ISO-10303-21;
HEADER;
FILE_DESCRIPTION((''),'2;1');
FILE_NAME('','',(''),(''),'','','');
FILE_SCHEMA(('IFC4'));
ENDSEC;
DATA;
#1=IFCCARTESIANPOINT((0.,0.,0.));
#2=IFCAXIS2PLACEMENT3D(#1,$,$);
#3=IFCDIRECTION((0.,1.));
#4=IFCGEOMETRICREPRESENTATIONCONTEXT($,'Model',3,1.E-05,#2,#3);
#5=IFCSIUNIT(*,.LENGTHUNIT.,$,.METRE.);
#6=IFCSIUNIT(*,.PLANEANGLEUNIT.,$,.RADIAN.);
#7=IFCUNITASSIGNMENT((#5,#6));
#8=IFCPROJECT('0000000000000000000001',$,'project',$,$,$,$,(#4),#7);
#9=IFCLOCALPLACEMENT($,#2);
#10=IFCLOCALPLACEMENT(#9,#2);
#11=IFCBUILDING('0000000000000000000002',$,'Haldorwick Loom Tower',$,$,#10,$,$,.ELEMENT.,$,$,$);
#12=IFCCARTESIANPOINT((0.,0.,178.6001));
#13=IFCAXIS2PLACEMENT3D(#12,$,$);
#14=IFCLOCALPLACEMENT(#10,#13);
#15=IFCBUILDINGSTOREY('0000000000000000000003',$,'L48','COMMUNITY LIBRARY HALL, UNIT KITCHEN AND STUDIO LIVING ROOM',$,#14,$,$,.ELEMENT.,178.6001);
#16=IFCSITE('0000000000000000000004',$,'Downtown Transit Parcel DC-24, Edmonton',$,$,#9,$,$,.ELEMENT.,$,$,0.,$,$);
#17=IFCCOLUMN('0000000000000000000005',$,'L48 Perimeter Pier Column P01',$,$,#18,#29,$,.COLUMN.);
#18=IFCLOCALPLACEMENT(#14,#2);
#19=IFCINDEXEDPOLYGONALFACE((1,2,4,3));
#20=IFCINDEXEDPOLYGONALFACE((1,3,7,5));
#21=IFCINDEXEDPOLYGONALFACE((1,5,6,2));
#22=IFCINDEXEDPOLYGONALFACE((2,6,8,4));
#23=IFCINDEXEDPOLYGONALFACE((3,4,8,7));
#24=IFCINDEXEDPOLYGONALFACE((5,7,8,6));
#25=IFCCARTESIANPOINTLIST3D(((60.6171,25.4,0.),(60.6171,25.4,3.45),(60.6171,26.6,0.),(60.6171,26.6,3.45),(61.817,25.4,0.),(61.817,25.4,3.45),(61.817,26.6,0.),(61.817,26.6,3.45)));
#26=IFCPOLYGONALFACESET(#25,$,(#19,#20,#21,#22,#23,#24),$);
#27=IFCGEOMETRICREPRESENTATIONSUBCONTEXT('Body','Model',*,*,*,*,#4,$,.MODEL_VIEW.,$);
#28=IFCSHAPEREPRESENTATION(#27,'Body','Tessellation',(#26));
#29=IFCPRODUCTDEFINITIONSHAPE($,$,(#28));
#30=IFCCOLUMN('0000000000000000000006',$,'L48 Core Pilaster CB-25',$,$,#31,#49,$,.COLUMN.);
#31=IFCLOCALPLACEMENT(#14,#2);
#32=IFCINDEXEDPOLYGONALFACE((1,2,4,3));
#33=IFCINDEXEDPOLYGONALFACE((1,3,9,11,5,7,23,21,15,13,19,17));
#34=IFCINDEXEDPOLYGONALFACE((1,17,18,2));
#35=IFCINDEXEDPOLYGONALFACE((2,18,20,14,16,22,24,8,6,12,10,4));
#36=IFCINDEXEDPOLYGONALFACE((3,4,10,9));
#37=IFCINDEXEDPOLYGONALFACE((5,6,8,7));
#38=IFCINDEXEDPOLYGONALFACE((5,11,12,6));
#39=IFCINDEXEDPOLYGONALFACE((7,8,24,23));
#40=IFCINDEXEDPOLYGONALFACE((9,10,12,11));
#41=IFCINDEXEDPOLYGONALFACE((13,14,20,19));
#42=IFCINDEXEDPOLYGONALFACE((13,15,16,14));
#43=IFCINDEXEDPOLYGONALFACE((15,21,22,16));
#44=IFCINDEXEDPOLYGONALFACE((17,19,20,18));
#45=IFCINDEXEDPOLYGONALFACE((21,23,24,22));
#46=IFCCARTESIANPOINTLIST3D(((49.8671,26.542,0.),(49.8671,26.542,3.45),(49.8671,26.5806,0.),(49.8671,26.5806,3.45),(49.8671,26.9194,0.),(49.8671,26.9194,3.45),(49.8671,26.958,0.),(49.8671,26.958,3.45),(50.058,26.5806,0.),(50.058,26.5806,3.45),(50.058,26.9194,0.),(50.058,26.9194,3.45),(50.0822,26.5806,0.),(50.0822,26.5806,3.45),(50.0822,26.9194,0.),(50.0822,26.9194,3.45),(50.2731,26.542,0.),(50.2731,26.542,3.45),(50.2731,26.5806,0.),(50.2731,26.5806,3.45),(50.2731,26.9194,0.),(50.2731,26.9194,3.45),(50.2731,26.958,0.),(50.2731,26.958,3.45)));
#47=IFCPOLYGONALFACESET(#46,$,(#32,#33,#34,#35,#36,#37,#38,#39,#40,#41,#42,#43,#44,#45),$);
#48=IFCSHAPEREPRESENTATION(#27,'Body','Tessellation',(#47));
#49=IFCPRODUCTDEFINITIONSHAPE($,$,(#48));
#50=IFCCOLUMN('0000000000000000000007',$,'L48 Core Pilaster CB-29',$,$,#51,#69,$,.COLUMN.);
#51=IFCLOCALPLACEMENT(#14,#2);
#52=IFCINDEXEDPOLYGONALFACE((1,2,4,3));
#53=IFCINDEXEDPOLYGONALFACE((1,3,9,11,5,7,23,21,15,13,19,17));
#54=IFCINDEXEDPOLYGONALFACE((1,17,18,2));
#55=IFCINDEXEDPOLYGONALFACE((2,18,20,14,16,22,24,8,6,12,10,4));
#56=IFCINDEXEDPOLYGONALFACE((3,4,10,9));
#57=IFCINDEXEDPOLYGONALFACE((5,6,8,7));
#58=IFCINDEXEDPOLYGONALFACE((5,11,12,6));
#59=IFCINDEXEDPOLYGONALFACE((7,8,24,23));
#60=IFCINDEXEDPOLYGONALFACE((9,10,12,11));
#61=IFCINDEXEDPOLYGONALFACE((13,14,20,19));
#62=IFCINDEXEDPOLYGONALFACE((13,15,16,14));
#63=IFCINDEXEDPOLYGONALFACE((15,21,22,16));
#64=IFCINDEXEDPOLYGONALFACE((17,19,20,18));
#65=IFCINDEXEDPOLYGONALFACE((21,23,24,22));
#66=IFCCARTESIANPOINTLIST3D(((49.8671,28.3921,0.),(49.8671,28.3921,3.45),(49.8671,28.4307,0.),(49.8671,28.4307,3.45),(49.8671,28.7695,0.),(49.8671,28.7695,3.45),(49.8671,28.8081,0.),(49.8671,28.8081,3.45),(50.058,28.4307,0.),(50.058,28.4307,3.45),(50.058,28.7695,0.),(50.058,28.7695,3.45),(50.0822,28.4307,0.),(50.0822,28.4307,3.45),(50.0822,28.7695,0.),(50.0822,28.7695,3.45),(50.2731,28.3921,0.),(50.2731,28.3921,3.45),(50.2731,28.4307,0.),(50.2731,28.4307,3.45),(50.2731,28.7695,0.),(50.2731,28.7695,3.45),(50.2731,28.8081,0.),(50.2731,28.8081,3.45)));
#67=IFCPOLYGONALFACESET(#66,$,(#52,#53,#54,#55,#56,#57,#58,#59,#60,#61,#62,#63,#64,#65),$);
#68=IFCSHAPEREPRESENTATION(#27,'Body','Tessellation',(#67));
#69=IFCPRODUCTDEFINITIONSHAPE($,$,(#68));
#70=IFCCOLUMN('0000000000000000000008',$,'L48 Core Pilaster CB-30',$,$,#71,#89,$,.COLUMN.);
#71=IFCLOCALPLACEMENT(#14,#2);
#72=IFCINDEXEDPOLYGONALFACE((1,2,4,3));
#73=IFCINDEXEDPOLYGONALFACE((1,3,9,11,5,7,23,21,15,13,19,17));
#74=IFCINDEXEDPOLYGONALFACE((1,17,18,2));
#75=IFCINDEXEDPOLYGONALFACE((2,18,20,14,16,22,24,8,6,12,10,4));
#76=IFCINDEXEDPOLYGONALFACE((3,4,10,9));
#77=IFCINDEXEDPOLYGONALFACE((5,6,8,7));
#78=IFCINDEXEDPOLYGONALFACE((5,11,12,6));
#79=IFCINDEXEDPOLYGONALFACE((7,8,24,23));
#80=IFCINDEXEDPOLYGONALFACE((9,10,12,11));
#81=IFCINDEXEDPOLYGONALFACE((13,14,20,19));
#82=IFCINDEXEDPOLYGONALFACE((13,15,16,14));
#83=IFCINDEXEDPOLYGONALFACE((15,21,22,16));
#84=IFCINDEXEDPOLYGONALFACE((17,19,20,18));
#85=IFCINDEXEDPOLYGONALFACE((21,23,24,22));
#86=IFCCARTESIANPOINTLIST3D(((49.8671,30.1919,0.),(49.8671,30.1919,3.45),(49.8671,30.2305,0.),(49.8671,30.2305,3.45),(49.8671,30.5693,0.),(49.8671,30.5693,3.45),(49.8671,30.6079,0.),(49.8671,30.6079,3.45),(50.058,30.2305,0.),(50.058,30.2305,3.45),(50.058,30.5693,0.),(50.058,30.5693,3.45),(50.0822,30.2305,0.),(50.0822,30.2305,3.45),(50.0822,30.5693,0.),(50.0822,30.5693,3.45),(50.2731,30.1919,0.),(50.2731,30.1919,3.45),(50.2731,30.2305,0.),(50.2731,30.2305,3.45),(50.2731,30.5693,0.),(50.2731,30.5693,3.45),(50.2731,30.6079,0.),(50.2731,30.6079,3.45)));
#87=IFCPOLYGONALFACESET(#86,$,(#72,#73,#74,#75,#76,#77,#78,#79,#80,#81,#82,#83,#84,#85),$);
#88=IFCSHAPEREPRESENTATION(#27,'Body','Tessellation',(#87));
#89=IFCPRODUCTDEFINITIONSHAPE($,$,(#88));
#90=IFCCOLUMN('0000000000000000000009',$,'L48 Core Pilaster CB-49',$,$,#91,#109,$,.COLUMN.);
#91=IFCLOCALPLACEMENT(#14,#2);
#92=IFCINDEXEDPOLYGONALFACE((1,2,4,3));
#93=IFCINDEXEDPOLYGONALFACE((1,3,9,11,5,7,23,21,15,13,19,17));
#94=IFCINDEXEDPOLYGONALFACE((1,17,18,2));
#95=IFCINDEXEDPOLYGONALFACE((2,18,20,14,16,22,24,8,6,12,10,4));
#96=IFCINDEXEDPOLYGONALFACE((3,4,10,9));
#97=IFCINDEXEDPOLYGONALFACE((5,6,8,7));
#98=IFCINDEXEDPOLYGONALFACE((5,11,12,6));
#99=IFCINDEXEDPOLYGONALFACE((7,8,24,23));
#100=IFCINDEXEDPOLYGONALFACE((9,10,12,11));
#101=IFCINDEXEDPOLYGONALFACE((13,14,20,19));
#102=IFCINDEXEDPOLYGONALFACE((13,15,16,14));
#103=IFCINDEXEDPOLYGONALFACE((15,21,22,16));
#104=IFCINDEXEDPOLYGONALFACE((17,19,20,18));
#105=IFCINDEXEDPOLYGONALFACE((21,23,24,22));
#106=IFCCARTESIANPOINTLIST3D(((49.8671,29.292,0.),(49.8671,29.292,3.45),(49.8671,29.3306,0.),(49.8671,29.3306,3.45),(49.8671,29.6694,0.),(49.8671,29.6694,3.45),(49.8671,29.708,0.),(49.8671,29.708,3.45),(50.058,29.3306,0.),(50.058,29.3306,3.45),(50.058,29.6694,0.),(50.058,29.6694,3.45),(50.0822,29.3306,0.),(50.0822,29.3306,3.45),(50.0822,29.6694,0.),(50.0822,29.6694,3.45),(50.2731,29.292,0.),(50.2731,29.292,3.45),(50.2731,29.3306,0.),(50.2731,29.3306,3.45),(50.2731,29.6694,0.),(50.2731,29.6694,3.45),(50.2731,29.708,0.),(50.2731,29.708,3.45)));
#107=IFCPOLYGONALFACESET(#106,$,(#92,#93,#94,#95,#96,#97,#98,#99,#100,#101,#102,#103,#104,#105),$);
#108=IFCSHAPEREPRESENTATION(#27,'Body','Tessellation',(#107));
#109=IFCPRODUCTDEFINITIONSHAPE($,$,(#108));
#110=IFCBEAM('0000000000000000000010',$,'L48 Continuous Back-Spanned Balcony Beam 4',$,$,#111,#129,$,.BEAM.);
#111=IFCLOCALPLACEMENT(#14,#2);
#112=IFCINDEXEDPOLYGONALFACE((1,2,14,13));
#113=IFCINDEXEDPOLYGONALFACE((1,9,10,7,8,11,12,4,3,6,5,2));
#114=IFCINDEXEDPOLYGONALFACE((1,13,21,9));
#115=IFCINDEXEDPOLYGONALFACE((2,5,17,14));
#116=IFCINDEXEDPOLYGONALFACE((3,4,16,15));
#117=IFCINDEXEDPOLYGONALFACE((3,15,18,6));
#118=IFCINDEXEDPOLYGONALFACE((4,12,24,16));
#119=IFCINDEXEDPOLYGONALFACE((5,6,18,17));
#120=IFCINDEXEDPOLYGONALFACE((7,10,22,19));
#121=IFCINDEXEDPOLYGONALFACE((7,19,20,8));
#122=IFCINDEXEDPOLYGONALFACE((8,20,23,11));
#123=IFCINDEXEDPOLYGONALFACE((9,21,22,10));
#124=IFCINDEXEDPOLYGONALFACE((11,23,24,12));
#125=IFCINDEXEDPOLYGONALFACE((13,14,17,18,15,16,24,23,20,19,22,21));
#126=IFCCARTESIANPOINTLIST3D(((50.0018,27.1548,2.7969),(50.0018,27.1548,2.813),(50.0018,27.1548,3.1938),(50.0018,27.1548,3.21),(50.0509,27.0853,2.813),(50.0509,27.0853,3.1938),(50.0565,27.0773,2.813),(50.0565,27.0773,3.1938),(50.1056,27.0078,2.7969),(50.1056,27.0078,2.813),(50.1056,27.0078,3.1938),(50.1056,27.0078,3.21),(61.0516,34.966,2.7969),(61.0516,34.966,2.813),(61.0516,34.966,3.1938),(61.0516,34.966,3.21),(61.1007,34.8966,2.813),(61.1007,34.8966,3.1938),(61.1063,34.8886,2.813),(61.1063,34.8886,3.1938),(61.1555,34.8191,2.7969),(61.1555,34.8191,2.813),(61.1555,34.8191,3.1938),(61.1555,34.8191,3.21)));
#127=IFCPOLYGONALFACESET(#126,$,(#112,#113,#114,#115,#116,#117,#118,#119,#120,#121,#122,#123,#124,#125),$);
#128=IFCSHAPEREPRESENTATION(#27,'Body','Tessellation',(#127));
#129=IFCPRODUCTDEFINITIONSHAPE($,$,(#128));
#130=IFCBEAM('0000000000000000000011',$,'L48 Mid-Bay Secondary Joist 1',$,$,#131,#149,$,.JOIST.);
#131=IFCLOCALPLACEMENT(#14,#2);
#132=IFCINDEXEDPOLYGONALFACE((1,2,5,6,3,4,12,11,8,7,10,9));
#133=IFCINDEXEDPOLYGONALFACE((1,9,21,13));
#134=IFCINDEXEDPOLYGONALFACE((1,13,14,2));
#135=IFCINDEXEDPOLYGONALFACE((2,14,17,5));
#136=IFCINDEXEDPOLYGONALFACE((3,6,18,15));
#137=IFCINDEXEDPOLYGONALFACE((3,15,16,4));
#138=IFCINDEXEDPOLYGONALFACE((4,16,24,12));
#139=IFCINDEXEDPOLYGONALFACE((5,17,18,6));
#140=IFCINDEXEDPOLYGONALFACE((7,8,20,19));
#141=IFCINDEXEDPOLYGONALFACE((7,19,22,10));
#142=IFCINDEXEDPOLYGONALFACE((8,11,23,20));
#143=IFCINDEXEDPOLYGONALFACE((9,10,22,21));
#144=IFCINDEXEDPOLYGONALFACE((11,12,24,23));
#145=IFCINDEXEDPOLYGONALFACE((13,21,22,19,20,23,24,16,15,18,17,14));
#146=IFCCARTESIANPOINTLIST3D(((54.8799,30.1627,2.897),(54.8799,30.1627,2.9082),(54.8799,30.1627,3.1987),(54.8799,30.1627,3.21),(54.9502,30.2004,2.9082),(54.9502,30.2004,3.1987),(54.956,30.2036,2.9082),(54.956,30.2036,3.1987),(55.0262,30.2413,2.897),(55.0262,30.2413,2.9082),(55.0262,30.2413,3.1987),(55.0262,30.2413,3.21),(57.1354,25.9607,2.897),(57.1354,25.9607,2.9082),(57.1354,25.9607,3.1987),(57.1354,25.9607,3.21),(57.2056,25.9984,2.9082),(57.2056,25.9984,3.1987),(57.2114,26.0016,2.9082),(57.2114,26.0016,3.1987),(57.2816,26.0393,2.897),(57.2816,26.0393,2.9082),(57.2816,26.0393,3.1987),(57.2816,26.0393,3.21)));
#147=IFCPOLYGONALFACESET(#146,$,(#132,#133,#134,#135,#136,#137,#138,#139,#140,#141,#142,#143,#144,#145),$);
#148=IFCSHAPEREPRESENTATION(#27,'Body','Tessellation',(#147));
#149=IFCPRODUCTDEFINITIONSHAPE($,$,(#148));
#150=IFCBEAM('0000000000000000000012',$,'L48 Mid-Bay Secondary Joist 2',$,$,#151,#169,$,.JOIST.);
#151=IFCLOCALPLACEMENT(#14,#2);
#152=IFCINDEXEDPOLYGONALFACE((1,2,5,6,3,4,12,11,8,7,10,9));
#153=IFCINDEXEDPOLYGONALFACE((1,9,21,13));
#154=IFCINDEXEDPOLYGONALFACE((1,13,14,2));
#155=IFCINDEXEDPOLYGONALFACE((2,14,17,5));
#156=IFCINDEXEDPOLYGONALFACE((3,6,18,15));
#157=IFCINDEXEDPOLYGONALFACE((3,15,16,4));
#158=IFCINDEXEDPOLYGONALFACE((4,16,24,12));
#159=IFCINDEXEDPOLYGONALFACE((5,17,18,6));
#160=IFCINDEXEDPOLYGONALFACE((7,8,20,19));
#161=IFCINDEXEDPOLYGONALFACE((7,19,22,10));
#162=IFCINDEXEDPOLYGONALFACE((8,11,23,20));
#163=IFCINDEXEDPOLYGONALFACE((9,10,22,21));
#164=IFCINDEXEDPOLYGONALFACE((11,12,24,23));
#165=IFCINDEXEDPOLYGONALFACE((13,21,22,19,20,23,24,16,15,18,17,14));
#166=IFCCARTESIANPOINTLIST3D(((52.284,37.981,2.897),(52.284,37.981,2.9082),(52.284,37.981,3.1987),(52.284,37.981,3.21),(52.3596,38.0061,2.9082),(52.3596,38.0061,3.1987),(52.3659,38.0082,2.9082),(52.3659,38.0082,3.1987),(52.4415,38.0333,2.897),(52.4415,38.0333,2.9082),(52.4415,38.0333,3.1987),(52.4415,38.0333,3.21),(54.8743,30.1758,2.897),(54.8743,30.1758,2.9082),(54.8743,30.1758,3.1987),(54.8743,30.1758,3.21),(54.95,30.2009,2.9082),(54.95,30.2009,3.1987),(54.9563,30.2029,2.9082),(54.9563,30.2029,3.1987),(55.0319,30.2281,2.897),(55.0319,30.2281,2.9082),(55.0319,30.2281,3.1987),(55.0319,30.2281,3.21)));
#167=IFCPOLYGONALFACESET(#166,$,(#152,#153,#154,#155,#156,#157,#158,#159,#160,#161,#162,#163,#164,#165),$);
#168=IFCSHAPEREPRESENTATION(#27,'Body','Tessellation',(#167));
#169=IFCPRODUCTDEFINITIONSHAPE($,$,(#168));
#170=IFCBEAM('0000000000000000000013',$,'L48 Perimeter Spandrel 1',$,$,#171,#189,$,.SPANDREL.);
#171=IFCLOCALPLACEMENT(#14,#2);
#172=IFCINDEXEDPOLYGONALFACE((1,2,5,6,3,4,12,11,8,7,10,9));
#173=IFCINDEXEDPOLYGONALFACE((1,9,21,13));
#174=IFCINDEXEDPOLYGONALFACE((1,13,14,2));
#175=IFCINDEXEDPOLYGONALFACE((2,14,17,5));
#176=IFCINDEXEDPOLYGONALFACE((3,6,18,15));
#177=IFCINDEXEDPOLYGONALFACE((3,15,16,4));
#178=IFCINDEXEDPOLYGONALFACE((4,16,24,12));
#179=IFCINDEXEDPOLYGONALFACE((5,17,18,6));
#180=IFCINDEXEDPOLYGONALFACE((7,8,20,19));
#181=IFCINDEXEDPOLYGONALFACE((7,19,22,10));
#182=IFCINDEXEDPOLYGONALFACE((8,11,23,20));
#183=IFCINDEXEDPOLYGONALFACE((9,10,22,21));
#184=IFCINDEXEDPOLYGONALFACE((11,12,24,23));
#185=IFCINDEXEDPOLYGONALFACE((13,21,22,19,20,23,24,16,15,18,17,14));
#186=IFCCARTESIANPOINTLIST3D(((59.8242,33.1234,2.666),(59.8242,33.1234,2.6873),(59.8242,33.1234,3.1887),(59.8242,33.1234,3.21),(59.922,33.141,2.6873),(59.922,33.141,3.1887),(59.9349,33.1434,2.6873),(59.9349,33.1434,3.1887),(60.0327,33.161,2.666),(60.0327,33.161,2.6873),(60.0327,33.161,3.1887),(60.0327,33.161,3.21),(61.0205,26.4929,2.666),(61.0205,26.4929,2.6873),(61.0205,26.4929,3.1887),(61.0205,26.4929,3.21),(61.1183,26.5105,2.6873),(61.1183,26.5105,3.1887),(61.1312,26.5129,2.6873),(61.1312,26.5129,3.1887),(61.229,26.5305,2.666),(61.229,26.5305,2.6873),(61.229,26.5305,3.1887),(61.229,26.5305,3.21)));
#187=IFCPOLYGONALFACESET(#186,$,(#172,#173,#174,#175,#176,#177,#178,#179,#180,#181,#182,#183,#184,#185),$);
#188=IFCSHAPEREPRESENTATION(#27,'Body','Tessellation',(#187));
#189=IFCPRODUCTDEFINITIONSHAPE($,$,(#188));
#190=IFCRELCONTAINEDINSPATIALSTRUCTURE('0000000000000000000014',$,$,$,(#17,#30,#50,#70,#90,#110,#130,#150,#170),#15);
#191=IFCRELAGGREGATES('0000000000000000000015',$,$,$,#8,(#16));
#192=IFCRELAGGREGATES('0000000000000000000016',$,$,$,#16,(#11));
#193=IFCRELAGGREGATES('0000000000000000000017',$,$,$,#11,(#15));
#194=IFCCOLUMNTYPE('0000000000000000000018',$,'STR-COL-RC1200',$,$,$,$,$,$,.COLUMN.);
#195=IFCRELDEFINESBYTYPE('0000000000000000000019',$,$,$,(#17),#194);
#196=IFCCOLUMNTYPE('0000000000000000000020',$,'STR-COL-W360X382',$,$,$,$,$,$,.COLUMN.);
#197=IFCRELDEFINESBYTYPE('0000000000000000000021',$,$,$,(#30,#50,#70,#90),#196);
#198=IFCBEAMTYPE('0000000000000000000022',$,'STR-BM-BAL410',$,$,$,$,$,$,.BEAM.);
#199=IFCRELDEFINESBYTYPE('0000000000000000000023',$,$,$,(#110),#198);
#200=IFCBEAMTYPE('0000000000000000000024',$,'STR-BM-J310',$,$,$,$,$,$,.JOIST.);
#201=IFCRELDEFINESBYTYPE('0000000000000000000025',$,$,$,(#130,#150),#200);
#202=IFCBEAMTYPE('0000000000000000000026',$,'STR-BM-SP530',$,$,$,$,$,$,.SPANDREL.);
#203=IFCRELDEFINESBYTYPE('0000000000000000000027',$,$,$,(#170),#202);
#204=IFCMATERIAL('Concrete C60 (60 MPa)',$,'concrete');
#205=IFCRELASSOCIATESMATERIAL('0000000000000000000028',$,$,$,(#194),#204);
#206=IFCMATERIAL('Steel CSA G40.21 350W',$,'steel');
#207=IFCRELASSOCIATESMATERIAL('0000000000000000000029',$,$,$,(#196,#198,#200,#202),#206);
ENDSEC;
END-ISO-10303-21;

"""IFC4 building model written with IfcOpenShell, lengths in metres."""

from ifc_helpers import new_model, si_unit, direction, frame, origin, origin_2d, place, context, subcontext, project, spatial, rectangle, i_section, extrude, material, material_profile, profile_set, type_object, element, save


model = new_model("IFC4")

# Units and contexts
model_context = context("Model", 3, precision=1e-05, world=origin(), true_north=direction((0.0, 1.0)))
body_context = subcontext(model_context, "Body", "Model", "MODEL_VIEW")
ifc_project = project(units=[si_unit("LENGTHUNIT", "METRE"), si_unit("PLANEANGLEUNIT", "RADIAN")], contexts=[model_context])

# Site, building, storey
site_placement = place(None, origin())
site = spatial("IfcSite", under=ifc_project, at=site_placement, Name="Downtown Transit Parcel DC-24, Edmonton", CompositionType="ELEMENT", RefElevation=0.0)
building_placement = place(site_placement, origin())
building = spatial("IfcBuilding", under=site, at=building_placement, Name="Haldorwick Loom Tower", CompositionType="ELEMENT")
storey_placement = place(building_placement, frame((0.0, 0.0, 178.6001)))
storey = spatial("IfcBuildingStorey", under=building, at=storey_placement, Name="L48", Description="COMMUNITY LIBRARY HALL, UNIT KITCHEN AND STUDIO LIVING ROOM", CompositionType="ELEMENT", Elevation=178.6001)

# Columns
ifc_material_1 = material(Name="Concrete C60 (60 MPa)", Category="concrete")
ifc_material_profile_1 = material_profile(ifc_material_1, rectangle(XDim=1.2, YDim=1.2, at=origin_2d()), Name="RC1200X1200", Category="concrete")
ifc_profile_set_1 = profile_set([ifc_material_profile_1], Name="Concrete C60 (60 MPa)")
column_type_1 = type_object("IfcColumnType", Name="STR-COL-RC1200", PredefinedType="COLUMN", material=ifc_profile_set_1)
column_placement = place(storey_placement, frame((61.217, 26.0, 0.0), z_axis=(0.0, 0.0, 1.0), x_axis=(1.0, 0.0, 0.0)))
element("IfcColumn", 1, at=column_placement, inside=storey, type_object=column_type_1, Name="L48 Perimeter Pier Column P01", PredefinedType="COLUMN", context=body_context, shape_type="SweptSolid", body=[
    extrude(rectangle(XDim=1.2, YDim=1.2, at=origin_2d()), origin(), (0.0, 0.0, 1.0), 3.45),
])
ifc_material_2 = material(Name="Steel CSA G40.21 350W", Category="steel")
ifc_material_profile_2 = material_profile(ifc_material_2, i_section(OverallWidth=0.406, OverallDepth=0.416, WebThickness=0.0242, FlangeThickness=0.0386, at=origin_2d()), Name="W360X382", Category="steel")
ifc_profile_set_2 = profile_set([ifc_material_profile_2], Name="Steel CSA G40.21 350W")
column_type_2 = type_object("IfcColumnType", Name="STR-COL-W360X382", PredefinedType="COLUMN", material=ifc_profile_set_2)
for number, where, z_axis, x_axis, name in (
    (2, (50.0701, 26.75, 0.0), (0.0, 0.0, 1.0), (1.0, 0.0, 0.0), "L48 Core Pilaster CB-25"),
    (3, (50.0701, 28.6001, 0.0), (0.0, 0.0, 1.0), (1.0, 0.0, 0.0), "L48 Core Pilaster CB-29"),
    (4, (50.0701, 30.3999, 0.0), (0.0, 0.0, 1.0), (1.0, 0.0, 0.0), "L48 Core Pilaster CB-30"),
    (5, (50.0701, 29.5, 0.0), (0.0, 0.0, 1.0), (1.0, 0.0, 0.0), "L48 Core Pilaster CB-49"),
):
    element("IfcColumn", number, at=place(storey_placement, frame(where, z_axis=z_axis, x_axis=x_axis)), inside=storey, type_object=column_type_2, Name=name, PredefinedType="COLUMN", context=body_context, shape_type="SweptSolid", body=[
        extrude(i_section(OverallWidth=0.406, OverallDepth=0.416, WebThickness=0.0242, FlangeThickness=0.0386, at=origin_2d()), origin(), (0.0, 0.0, 1.0), 3.45),
    ])

# Beams
ifc_material_profile_3 = material_profile(ifc_material_2, i_section(OverallWidth=0.1799, OverallDepth=0.4131, WebThickness=0.0098, FlangeThickness=0.0161, at=origin_2d()), Name="W410X74", Category="steel")
ifc_profile_set_3 = profile_set([ifc_material_profile_3], Name="Steel CSA G40.21 350W")
beam_type_1 = type_object("IfcBeamType", Name="STR-BM-BAL410", PredefinedType="BEAM", material=ifc_profile_set_3)
beam_1_placement = place(storey_placement, frame((50.0537, 27.0813, 3.0034), z_axis=(0.81657, 0.577246, 0.0), x_axis=(-0.577246, 0.81657, 0.0)))
element("IfcBeam", 6, at=beam_1_placement, inside=storey, type_object=beam_type_1, Name="L48 Continuous Back-Spanned Balcony Beam 4", PredefinedType="BEAM", context=body_context, shape_type="SweptSolid", body=[
    extrude(i_section(OverallWidth=0.1799, OverallDepth=0.4131, WebThickness=0.0098, FlangeThickness=0.0161, at=origin_2d()), origin(), (0.0, 0.0, 1.0), 13.532),
])
ifc_material_profile_4 = material_profile(ifc_material_2, i_section(OverallWidth=0.166, OverallDepth=0.313, WebThickness=0.0066, FlangeThickness=0.0112, at=origin_2d()), Name="W310X45", Category="steel")
ifc_profile_set_4 = profile_set([ifc_material_profile_4], Name="Steel CSA G40.21 350W")
beam_type_2 = type_object("IfcBeamType", Name="STR-BM-J310", PredefinedType="JOIST", material=ifc_profile_set_4)
beam_2_placement = place(storey_placement, frame((57.2085, 26.0, 3.0535), z_axis=(-0.47293, 0.8811, 0.0), x_axis=(-0.8811, -0.47293, 0.0)))
element("IfcBeam", 7, at=beam_2_placement, inside=storey, type_object=beam_type_2, Name="L48 Mid-Bay Secondary Joist 1", PredefinedType="JOIST", context=body_context, shape_type="SweptSolid", body=[
    extrude(i_section(OverallWidth=0.166, OverallDepth=0.313, WebThickness=0.0066, FlangeThickness=0.0112, at=origin_2d()), origin(), (0.0, 0.0, 1.0), 4.769),
])
beam_3_placement = place(storey_placement, frame((54.9531, 30.2019, 3.0535), z_axis=(-0.314981, 0.949098, 0.0), x_axis=(-0.949098, -0.314981, 0.0)))
element("IfcBeam", 8, at=beam_3_placement, inside=storey, type_object=beam_type_2, Name="L48 Mid-Bay Secondary Joist 2", PredefinedType="JOIST", context=body_context, shape_type="SweptSolid", body=[
    extrude(i_section(OverallWidth=0.166, OverallDepth=0.313, WebThickness=0.0066, FlangeThickness=0.0112, at=origin_2d()), origin(), (0.0, 0.0, 1.0), 8.2239),
])
ifc_material_profile_5 = material_profile(ifc_material_2, i_section(OverallWidth=0.2119, OverallDepth=0.5439, WebThickness=0.0132, FlangeThickness=0.0212, at=origin_2d()), Name="W530X123", Category="steel")
ifc_profile_set_5 = profile_set([ifc_material_profile_5], Name="Steel CSA G40.21 350W")
beam_type_3 = type_object("IfcBeamType", Name="STR-BM-SP530", PredefinedType="SPANDREL", material=ifc_profile_set_5)
beam_4_placement = place(storey_placement, frame((61.1248, 26.5117, 2.938), z_axis=(-0.177559, 0.98411, 0.0), x_axis=(-0.98411, -0.177559, 0.0)))
element("IfcBeam", 9, at=beam_4_placement, inside=storey, type_object=beam_type_3, Name="L48 Perimeter Spandrel 1", PredefinedType="SPANDREL", context=body_context, shape_type="SweptSolid", body=[
    extrude(i_section(OverallWidth=0.2119, OverallDepth=0.5439, WebThickness=0.0132, FlangeThickness=0.0212, at=origin_2d()), origin(), (0.0, 0.0, 1.0), 6.7375),
])

save(model, "model.ifc")
